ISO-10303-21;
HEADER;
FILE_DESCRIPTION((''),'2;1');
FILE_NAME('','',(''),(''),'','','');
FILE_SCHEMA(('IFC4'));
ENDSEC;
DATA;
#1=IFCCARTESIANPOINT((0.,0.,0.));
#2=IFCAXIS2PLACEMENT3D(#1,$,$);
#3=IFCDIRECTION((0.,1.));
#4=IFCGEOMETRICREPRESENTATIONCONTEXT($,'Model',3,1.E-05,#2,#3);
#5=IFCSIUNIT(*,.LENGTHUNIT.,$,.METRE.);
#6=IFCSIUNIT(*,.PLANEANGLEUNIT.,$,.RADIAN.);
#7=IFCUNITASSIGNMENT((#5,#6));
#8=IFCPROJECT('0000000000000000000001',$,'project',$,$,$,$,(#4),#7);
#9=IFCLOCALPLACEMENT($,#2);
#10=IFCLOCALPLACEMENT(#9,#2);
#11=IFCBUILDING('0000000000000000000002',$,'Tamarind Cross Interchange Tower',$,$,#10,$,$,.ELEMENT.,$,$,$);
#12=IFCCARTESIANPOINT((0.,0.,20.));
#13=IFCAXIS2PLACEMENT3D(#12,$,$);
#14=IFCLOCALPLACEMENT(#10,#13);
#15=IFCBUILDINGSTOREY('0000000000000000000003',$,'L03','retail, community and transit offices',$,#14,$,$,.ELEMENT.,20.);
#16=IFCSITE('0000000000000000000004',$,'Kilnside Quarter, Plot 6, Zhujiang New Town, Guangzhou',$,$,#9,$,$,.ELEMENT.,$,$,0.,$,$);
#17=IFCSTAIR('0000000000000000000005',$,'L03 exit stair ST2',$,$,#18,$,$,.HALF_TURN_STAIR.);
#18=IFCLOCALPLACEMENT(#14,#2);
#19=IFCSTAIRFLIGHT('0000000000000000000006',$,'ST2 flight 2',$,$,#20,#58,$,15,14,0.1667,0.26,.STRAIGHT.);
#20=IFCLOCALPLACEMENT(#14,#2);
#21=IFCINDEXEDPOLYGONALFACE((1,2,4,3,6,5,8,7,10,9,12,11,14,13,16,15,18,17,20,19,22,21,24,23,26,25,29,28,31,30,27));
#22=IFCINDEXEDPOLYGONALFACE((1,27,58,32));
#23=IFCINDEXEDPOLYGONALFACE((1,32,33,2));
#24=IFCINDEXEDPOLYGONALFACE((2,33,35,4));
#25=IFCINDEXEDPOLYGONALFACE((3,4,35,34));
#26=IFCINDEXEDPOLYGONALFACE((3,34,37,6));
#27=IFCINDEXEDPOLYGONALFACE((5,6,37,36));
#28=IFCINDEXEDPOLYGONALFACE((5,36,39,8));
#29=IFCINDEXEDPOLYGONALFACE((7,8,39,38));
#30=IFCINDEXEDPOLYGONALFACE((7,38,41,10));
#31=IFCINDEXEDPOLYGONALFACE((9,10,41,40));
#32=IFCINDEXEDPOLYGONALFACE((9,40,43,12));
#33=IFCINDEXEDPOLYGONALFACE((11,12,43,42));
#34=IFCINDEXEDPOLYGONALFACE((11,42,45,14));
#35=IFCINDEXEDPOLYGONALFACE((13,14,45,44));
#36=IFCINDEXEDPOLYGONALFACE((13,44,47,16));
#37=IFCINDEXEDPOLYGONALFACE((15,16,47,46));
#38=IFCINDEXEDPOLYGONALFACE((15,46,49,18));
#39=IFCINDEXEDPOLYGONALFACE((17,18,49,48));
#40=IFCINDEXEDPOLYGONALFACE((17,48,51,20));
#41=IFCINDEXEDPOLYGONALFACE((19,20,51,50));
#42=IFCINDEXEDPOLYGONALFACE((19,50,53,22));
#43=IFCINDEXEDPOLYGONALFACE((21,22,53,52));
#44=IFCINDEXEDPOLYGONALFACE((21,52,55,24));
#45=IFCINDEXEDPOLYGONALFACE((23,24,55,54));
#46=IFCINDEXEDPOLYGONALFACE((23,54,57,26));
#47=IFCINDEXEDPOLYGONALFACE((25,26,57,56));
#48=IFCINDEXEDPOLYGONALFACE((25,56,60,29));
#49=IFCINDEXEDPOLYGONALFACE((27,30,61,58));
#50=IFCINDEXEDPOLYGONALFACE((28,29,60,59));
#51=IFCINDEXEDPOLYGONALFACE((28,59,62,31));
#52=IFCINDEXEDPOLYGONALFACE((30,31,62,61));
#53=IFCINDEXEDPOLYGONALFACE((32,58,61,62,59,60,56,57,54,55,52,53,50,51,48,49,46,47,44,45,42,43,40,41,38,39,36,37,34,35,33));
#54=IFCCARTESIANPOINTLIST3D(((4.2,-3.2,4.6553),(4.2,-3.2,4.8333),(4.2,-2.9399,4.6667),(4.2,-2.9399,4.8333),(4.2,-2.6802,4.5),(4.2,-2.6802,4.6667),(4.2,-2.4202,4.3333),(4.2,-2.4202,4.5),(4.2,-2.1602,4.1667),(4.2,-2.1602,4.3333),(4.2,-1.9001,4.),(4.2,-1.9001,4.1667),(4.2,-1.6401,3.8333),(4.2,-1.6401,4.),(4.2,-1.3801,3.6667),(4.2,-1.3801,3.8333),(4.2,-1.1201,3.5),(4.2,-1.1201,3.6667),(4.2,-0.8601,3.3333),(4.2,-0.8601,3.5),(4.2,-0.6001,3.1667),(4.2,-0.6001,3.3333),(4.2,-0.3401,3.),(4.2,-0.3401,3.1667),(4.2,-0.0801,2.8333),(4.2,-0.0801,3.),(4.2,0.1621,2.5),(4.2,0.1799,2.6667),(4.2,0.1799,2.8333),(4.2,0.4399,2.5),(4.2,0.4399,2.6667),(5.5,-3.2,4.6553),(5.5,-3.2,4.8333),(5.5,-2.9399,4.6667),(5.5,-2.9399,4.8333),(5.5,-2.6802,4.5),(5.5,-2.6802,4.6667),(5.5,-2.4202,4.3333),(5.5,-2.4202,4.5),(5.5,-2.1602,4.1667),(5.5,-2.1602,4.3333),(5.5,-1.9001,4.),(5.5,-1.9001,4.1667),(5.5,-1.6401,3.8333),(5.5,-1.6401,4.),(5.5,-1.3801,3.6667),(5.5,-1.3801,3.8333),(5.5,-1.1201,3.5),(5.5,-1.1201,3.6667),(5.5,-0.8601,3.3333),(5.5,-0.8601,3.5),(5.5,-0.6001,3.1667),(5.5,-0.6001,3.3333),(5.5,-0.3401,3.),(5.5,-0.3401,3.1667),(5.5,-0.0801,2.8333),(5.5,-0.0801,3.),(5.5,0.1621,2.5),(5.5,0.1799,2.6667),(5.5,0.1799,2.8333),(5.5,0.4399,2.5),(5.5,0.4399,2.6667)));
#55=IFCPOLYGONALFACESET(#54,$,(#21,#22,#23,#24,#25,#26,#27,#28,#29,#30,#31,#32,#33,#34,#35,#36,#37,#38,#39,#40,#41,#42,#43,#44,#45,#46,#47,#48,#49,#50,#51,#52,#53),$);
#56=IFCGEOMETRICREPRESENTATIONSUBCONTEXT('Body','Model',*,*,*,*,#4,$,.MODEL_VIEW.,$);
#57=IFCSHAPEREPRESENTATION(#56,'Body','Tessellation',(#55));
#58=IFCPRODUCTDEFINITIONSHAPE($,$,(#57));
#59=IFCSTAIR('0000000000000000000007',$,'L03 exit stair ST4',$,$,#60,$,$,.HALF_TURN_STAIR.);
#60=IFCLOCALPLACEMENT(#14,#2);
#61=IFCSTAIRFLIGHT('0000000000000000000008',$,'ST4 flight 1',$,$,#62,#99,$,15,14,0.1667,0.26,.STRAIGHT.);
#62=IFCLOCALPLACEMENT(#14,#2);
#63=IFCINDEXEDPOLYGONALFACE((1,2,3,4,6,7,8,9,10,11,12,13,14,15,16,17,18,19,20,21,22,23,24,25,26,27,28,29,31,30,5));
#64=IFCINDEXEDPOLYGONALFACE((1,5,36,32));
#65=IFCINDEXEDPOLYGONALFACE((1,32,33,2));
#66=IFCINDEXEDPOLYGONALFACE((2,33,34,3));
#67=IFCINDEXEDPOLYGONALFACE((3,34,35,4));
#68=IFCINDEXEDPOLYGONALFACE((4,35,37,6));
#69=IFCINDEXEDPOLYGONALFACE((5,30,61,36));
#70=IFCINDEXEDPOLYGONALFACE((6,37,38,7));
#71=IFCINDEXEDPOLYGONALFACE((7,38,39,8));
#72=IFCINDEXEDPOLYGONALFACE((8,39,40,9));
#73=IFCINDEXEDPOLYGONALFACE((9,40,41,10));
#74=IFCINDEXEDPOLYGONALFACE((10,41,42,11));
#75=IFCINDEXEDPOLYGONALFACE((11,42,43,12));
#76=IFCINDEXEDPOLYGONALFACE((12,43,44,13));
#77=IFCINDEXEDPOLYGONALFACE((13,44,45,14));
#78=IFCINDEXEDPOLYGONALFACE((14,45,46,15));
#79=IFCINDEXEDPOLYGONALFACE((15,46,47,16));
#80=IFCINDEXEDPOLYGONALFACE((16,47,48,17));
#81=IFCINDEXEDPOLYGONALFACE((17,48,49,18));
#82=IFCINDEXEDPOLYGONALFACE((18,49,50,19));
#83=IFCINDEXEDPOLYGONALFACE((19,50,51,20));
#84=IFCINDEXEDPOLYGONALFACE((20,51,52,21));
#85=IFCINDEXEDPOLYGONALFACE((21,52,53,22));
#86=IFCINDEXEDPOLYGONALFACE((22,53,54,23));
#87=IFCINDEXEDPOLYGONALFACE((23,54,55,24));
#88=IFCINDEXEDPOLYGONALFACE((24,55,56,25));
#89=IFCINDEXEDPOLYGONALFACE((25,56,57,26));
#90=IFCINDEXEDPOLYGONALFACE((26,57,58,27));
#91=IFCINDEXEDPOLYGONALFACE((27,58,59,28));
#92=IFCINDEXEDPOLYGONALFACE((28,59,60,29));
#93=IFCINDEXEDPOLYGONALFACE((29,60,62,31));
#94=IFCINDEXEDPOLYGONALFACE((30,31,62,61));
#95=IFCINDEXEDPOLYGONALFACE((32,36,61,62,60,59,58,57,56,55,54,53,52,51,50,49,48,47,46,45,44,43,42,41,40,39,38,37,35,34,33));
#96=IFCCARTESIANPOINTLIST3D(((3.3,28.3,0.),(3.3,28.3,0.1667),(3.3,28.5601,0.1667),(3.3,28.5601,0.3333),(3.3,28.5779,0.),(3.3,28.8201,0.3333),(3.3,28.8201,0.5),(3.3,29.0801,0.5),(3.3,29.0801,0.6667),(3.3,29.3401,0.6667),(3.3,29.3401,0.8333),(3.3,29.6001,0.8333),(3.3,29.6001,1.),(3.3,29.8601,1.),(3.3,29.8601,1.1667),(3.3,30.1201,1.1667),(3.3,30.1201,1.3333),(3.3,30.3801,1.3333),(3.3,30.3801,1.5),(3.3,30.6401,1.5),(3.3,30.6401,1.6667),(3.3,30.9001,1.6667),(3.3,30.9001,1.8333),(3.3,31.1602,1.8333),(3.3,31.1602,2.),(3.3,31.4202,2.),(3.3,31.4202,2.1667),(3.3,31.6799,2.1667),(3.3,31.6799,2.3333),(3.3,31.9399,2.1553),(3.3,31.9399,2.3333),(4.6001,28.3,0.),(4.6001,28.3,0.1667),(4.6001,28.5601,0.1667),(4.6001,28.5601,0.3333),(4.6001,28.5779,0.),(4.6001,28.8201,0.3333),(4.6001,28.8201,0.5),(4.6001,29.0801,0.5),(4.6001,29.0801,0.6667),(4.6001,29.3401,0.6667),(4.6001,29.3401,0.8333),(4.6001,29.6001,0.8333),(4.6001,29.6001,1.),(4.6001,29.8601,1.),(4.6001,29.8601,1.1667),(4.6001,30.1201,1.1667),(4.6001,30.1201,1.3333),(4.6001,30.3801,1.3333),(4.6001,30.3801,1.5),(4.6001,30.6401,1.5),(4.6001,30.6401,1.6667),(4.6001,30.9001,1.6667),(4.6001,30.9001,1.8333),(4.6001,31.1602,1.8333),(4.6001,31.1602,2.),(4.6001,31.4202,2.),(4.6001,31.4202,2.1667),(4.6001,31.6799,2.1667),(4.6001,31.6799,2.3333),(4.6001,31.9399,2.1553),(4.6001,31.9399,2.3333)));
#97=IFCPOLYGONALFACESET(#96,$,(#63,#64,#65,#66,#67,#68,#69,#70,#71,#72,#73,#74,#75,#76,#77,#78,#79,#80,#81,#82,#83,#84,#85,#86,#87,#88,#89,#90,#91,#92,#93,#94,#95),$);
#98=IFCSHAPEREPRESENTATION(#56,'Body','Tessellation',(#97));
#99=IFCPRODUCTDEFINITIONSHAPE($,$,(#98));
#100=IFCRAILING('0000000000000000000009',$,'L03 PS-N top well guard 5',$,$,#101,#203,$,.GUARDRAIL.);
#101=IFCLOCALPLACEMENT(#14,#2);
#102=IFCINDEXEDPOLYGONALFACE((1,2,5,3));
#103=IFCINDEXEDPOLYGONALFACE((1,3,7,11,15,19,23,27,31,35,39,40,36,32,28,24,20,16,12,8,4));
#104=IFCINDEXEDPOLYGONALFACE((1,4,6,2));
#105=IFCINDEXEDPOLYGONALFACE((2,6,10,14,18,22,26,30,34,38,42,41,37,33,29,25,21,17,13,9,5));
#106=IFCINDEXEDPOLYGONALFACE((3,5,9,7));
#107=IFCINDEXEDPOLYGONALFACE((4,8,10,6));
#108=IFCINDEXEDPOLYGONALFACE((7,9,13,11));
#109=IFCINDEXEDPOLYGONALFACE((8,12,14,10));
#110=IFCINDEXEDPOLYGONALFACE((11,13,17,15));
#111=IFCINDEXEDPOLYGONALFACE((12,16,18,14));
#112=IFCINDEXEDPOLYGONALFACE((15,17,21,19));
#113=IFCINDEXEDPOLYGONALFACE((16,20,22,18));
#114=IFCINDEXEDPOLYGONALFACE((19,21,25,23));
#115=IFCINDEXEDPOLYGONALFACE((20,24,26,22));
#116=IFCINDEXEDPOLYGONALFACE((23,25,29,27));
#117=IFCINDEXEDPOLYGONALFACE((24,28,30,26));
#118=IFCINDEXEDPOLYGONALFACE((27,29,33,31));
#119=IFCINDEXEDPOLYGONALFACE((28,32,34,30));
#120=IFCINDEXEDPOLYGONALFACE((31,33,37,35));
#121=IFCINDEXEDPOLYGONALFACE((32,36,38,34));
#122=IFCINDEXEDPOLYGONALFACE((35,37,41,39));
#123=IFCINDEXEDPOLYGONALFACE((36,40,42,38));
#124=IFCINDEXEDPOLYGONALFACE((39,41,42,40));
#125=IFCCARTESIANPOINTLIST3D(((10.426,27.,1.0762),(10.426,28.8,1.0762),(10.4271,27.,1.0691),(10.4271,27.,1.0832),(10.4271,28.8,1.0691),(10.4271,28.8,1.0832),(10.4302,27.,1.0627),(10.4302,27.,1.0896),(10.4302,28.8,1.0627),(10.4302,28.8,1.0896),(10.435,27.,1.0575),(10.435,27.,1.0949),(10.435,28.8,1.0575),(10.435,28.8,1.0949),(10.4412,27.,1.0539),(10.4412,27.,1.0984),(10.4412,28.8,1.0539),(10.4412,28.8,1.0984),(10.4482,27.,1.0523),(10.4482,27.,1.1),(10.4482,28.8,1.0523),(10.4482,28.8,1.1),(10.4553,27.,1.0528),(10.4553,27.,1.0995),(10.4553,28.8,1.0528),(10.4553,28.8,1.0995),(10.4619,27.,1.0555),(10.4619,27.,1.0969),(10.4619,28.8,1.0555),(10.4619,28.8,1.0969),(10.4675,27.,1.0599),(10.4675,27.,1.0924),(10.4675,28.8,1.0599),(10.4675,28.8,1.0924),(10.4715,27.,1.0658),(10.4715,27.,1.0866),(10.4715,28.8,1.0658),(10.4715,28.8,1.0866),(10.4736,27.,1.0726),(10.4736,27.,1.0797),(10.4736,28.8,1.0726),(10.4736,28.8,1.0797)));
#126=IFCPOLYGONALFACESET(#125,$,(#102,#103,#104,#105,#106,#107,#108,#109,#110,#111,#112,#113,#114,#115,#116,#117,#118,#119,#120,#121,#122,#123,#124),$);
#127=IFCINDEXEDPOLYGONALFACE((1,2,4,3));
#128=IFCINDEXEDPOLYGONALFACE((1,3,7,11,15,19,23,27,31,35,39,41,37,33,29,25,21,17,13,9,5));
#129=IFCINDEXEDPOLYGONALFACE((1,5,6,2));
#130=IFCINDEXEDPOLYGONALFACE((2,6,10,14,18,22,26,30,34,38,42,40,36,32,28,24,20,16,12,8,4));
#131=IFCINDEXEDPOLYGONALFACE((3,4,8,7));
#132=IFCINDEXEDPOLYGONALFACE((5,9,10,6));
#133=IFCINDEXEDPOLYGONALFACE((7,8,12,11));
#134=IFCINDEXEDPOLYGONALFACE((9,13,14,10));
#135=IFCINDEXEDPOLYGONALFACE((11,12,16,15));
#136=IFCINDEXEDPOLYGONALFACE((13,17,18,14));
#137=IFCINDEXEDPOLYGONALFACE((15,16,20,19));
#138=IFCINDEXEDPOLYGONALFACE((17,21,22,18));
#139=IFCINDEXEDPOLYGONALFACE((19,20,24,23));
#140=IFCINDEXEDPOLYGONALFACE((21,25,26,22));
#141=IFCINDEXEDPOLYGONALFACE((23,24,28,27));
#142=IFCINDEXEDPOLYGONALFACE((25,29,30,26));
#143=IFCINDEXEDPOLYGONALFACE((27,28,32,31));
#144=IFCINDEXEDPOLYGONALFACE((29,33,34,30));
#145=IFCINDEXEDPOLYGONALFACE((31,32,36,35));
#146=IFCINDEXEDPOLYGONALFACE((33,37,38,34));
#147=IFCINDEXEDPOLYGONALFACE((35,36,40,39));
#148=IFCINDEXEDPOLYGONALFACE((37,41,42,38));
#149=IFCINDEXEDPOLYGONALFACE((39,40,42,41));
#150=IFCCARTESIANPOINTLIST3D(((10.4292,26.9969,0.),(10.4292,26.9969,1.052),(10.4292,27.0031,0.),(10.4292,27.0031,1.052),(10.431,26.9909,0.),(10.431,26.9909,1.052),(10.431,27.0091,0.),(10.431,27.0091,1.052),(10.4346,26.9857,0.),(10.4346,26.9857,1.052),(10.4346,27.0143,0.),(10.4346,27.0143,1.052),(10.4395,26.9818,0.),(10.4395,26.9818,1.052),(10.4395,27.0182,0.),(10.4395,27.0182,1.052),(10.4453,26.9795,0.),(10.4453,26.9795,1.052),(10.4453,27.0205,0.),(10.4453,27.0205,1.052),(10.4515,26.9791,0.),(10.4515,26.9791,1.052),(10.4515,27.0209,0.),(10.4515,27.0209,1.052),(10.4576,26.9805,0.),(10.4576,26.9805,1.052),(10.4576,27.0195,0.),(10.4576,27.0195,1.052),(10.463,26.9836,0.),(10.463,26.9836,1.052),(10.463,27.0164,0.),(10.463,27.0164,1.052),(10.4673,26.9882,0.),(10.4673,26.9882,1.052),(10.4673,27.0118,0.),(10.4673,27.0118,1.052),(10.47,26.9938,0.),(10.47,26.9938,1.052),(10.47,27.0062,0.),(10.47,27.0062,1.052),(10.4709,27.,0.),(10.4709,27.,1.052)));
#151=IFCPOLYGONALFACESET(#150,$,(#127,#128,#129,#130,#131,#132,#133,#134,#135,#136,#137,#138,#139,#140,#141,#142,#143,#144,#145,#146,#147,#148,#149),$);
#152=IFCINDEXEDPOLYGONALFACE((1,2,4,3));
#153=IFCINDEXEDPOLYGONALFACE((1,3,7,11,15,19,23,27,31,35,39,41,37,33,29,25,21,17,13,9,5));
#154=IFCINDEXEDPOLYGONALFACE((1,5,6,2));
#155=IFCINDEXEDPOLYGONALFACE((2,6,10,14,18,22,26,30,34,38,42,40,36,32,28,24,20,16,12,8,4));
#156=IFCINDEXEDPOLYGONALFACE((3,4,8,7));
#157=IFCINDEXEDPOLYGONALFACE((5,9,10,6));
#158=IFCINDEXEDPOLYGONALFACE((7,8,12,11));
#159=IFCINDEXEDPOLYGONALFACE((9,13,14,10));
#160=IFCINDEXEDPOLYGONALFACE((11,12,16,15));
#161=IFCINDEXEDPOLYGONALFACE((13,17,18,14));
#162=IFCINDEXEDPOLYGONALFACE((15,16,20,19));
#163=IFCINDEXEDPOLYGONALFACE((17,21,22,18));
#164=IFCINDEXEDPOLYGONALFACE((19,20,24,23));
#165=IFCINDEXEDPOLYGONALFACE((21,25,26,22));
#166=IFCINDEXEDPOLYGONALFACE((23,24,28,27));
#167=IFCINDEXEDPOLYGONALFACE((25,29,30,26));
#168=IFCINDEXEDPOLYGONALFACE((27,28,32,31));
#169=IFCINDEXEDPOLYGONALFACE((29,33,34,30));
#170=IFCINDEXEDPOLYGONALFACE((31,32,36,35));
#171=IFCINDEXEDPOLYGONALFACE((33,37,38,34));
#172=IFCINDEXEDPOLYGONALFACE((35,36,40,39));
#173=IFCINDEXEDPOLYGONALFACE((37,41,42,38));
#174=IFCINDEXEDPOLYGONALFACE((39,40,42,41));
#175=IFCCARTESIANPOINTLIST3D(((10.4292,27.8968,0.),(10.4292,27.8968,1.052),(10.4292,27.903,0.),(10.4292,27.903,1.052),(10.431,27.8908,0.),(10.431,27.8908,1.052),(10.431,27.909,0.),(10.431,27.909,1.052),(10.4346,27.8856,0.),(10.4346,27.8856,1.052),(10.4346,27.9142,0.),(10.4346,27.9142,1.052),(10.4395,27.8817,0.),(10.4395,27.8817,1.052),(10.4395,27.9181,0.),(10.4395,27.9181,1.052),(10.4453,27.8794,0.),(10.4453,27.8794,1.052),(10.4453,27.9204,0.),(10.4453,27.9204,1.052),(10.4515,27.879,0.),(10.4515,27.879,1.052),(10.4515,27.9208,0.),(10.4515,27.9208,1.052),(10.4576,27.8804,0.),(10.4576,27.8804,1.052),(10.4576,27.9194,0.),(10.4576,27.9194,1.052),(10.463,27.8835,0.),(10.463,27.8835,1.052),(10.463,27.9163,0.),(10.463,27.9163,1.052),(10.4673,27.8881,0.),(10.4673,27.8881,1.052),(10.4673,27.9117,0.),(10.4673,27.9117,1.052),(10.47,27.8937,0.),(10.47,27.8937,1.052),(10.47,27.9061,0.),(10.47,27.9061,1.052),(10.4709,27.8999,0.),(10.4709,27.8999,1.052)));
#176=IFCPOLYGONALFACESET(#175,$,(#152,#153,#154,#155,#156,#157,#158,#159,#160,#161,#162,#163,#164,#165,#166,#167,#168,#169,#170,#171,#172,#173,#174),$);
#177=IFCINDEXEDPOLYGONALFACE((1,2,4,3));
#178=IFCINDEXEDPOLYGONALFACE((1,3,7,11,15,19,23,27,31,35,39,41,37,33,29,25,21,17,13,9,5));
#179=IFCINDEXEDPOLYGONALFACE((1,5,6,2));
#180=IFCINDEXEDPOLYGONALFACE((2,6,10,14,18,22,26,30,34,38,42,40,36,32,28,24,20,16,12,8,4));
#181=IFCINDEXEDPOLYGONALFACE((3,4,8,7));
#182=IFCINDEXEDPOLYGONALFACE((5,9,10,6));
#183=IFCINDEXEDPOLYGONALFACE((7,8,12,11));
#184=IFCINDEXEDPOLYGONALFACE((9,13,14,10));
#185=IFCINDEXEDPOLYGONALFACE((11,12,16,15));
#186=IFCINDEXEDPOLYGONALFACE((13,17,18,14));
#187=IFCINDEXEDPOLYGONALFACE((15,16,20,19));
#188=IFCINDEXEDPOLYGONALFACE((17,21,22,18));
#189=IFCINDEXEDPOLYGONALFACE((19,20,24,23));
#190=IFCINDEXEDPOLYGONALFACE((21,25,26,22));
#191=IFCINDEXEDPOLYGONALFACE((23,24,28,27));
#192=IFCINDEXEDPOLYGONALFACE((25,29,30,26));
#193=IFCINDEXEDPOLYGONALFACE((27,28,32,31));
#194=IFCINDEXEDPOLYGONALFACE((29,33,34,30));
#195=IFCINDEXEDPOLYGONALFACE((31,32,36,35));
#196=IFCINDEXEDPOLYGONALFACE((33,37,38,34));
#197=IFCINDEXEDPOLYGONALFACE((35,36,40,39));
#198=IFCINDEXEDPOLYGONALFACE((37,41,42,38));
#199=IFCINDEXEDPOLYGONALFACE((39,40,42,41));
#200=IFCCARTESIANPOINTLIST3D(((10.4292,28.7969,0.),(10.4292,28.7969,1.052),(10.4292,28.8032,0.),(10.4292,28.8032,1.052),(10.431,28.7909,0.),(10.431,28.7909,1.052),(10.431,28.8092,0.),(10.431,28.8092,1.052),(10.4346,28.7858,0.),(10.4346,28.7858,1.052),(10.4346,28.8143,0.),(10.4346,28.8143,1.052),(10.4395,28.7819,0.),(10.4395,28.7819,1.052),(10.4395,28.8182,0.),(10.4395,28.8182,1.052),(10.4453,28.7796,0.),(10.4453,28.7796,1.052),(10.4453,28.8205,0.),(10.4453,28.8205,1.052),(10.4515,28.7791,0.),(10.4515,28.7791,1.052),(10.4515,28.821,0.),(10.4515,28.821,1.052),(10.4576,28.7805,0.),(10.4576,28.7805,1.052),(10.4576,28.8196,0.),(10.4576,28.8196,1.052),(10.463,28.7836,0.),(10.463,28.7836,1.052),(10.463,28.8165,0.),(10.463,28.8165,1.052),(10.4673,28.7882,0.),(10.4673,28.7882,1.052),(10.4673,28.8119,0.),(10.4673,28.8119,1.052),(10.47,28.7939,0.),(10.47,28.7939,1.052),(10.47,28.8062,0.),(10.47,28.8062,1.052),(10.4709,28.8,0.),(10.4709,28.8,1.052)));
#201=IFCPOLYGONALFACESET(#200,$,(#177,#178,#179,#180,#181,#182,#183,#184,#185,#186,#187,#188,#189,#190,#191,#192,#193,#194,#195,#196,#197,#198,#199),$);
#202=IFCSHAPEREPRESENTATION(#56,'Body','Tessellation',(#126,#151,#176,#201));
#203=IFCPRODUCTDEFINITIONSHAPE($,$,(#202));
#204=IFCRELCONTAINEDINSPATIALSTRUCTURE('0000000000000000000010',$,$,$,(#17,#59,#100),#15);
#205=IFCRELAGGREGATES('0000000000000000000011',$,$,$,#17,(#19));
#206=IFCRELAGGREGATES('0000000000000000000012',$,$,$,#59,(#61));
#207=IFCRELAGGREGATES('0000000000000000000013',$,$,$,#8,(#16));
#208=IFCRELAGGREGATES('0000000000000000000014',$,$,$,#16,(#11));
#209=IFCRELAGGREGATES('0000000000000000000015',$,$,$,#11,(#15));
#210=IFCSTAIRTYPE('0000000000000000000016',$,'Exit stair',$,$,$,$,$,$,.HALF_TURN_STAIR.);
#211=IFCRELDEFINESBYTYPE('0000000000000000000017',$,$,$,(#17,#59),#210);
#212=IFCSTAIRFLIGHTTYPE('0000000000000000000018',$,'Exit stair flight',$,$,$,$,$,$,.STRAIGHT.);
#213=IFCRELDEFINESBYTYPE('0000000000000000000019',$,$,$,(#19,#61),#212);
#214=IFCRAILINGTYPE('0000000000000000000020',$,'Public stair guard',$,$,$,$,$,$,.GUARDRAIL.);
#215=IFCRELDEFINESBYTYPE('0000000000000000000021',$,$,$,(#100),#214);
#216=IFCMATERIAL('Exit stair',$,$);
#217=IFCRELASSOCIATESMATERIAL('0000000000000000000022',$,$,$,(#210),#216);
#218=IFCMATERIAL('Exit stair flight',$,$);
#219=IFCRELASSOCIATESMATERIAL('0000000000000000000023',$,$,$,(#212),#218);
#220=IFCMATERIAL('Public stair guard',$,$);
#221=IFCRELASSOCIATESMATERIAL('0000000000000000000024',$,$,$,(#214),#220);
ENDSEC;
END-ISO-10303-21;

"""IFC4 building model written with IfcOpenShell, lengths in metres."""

from ifc_helpers import new_model, si_unit, direction, frame, origin, origin_2d, place, context, subcontext, project, spatial, polyline, circle, outline, extrude, material, type_object, element, aggregate, save


model = new_model("IFC4")

# Units and contexts
model_context = context("Model", 3, precision=1e-05, world=origin(), true_north=direction((0.0, 1.0)))
body_context = subcontext(model_context, "Body", "Model", "MODEL_VIEW")
ifc_project = project(units=[si_unit("LENGTHUNIT", "METRE"), si_unit("PLANEANGLEUNIT", "RADIAN")], contexts=[model_context])

# Site, building, storey
site_placement = place(None, origin())
site = spatial("IfcSite", under=ifc_project, at=site_placement, Name="Kilnside Quarter, Plot 6, Zhujiang New Town, Guangzhou", CompositionType="ELEMENT", RefElevation=0.0)
building_placement = place(site_placement, origin())
building = spatial("IfcBuilding", under=site, at=building_placement, Name="Tamarind Cross Interchange Tower", CompositionType="ELEMENT")
storey_placement = place(building_placement, frame((0.0, 0.0, 20.0)))
storey = spatial("IfcBuildingStorey", under=building, at=storey_placement, Name="L03", Description="retail, community and transit offices", CompositionType="ELEMENT", Elevation=20.0)

# Stairs, stair flights
ifc_material_1 = material(Name="Exit stair")
stair_type = type_object("IfcStairType", Name="Exit stair", PredefinedType="HALF_TURN_STAIR", material=ifc_material_1)
stair_1_placement = place(storey_placement, origin())
stair_1 = element("IfcStair", 1, at=stair_1_placement, inside=storey, type_object=stair_type, Name="L03 exit stair ST2", PredefinedType="HALF_TURN_STAIR")
ifc_material_2 = material(Name="Exit stair flight")
stair_flight_type = type_object("IfcStairFlightType", Name="Exit stair flight", PredefinedType="STRAIGHT", material=ifc_material_2)
stair_flight_1_placement = place(storey_placement, frame((4.8501, 0.4399, 2.5), z_axis=(0.0, 0.0, 1.0), x_axis=(0.0, -1.0, 0.0)))
stair_flight_1 = element("IfcStairFlight", 2, at=stair_flight_1_placement, type_object=stair_flight_type, Name="ST2 flight 2", NumberOfRisers=15, NumberOfTreads=14, PredefinedType="STRAIGHT", RiserHeight=0.1667, TreadLength=0.26, context=body_context, shape_type="SweptSolid", body=[
    extrude(outline(polyline([(0.0, 0.0), (0.0, 0.1667), (0.26, 0.1667), (0.26, 0.3333), (0.52, 0.3333), (0.52, 0.5), (0.78, 0.5), (0.78, 0.6667), (1.04, 0.6667), (1.04, 0.8333), (1.3, 0.8333), (1.3, 1.0), (1.5601, 1.0), (1.5601, 1.1667), (1.8201, 1.1667), (1.8201, 1.3333), (2.0801, 1.3333), (2.0801, 1.5), (2.3401, 1.5), (2.3401, 1.6667), (2.6001, 1.6667), (2.6001, 1.8333), (2.8601, 1.8333), (2.8601, 2.0), (3.1201, 2.0), (3.1201, 2.1667), (3.3799, 2.1667), (3.3799, 2.3333), (3.6399, 2.3333), (3.6399, 2.5), (3.6399, 2.1553), (0.2778, 0.0), (0.0, 0.0)])), frame((0.0, 0.6499, 0.0), z_axis=(0.0, -1.0, 0.0), x_axis=(1.0, 0.0, 0.0)), (0.0, 0.0, 1.0), 1.3),
])
aggregate(stair_1, [stair_flight_1])
stair_2_placement = place(storey_placement, origin())
stair_2 = element("IfcStair", 3, at=stair_2_placement, inside=storey, type_object=stair_type, Name="L03 exit stair ST4", PredefinedType="HALF_TURN_STAIR")
stair_flight_2_placement = place(storey_placement, frame((3.95, 28.3, 0.0), z_axis=(0.0, 0.0, 1.0), x_axis=(0.0, 1.0, 0.0)))
stair_flight_2 = element("IfcStairFlight", 4, at=stair_flight_2_placement, type_object=stair_flight_type, Name="ST4 flight 1", NumberOfRisers=15, NumberOfTreads=14, PredefinedType="STRAIGHT", RiserHeight=0.1667, TreadLength=0.26, context=body_context, shape_type="SweptSolid", body=[
    extrude(outline(polyline([(0.0, 0.0), (0.0, 0.1667), (0.26, 0.1667), (0.26, 0.3333), (0.52, 0.3333), (0.52, 0.5), (0.78, 0.5), (0.78, 0.6667), (1.04, 0.6667), (1.04, 0.8333), (1.3, 0.8333), (1.3, 1.0), (1.5601, 1.0), (1.5601, 1.1667), (1.8201, 1.1667), (1.8201, 1.3333), (2.0801, 1.3333), (2.0801, 1.5), (2.3401, 1.5), (2.3401, 1.6667), (2.6001, 1.6667), (2.6001, 1.8333), (2.8601, 1.8333), (2.8601, 2.0), (3.1201, 2.0), (3.1201, 2.1667), (3.3799, 2.1667), (3.3799, 2.3333), (3.6399, 2.3333), (3.6399, 2.5), (3.6399, 2.1553), (0.2778, 0.0), (0.0, 0.0)])), frame((0.0, 0.6499, 0.0), z_axis=(0.0, -1.0, 0.0), x_axis=(1.0, 0.0, 0.0)), (0.0, 0.0, 1.0), 1.3),
])
aggregate(stair_2, [stair_flight_2])

# Railing
ifc_material_3 = material(Name="Public stair guard")
railing_type_1 = type_object("IfcRailingType", Name="Public stair guard", PredefinedType="GUARDRAIL", material=ifc_material_3)
for number, where, name in (
    (5, (10.45, 27.0, 0.0), "L03 PS-N top well guard 5"),
):
    element("IfcRailing", number, at=place(storey_placement, frame(where)), inside=storey, type_object=railing_type_1, Name=name, PredefinedType="GUARDRAIL", context=body_context, shape_type="SweptSolid", body=[
        extrude(circle(Radius=0.0239, at=origin_2d()), frame((0.0, 0.0, 1.0762), z_axis=(0.0, 1.0, 0.0), x_axis=(-1.0, 0.0, 0.0)), (0.0, 0.0, 1.0), 1.8),
        extrude(circle(Radius=0.021, at=origin_2d()), origin(), (0.0, 0.0, 1.0), 1.052),
        extrude(circle(Radius=0.021, at=origin_2d()), frame((0.0, 0.8999, 0.0)), (0.0, 0.0, 1.0), 1.052),
        extrude(circle(Radius=0.021, at=origin_2d()), frame((0.0, 1.8, 0.0)), (0.0, 0.0, 1.0), 1.052),
    ])

save(model, "model.ifc")
